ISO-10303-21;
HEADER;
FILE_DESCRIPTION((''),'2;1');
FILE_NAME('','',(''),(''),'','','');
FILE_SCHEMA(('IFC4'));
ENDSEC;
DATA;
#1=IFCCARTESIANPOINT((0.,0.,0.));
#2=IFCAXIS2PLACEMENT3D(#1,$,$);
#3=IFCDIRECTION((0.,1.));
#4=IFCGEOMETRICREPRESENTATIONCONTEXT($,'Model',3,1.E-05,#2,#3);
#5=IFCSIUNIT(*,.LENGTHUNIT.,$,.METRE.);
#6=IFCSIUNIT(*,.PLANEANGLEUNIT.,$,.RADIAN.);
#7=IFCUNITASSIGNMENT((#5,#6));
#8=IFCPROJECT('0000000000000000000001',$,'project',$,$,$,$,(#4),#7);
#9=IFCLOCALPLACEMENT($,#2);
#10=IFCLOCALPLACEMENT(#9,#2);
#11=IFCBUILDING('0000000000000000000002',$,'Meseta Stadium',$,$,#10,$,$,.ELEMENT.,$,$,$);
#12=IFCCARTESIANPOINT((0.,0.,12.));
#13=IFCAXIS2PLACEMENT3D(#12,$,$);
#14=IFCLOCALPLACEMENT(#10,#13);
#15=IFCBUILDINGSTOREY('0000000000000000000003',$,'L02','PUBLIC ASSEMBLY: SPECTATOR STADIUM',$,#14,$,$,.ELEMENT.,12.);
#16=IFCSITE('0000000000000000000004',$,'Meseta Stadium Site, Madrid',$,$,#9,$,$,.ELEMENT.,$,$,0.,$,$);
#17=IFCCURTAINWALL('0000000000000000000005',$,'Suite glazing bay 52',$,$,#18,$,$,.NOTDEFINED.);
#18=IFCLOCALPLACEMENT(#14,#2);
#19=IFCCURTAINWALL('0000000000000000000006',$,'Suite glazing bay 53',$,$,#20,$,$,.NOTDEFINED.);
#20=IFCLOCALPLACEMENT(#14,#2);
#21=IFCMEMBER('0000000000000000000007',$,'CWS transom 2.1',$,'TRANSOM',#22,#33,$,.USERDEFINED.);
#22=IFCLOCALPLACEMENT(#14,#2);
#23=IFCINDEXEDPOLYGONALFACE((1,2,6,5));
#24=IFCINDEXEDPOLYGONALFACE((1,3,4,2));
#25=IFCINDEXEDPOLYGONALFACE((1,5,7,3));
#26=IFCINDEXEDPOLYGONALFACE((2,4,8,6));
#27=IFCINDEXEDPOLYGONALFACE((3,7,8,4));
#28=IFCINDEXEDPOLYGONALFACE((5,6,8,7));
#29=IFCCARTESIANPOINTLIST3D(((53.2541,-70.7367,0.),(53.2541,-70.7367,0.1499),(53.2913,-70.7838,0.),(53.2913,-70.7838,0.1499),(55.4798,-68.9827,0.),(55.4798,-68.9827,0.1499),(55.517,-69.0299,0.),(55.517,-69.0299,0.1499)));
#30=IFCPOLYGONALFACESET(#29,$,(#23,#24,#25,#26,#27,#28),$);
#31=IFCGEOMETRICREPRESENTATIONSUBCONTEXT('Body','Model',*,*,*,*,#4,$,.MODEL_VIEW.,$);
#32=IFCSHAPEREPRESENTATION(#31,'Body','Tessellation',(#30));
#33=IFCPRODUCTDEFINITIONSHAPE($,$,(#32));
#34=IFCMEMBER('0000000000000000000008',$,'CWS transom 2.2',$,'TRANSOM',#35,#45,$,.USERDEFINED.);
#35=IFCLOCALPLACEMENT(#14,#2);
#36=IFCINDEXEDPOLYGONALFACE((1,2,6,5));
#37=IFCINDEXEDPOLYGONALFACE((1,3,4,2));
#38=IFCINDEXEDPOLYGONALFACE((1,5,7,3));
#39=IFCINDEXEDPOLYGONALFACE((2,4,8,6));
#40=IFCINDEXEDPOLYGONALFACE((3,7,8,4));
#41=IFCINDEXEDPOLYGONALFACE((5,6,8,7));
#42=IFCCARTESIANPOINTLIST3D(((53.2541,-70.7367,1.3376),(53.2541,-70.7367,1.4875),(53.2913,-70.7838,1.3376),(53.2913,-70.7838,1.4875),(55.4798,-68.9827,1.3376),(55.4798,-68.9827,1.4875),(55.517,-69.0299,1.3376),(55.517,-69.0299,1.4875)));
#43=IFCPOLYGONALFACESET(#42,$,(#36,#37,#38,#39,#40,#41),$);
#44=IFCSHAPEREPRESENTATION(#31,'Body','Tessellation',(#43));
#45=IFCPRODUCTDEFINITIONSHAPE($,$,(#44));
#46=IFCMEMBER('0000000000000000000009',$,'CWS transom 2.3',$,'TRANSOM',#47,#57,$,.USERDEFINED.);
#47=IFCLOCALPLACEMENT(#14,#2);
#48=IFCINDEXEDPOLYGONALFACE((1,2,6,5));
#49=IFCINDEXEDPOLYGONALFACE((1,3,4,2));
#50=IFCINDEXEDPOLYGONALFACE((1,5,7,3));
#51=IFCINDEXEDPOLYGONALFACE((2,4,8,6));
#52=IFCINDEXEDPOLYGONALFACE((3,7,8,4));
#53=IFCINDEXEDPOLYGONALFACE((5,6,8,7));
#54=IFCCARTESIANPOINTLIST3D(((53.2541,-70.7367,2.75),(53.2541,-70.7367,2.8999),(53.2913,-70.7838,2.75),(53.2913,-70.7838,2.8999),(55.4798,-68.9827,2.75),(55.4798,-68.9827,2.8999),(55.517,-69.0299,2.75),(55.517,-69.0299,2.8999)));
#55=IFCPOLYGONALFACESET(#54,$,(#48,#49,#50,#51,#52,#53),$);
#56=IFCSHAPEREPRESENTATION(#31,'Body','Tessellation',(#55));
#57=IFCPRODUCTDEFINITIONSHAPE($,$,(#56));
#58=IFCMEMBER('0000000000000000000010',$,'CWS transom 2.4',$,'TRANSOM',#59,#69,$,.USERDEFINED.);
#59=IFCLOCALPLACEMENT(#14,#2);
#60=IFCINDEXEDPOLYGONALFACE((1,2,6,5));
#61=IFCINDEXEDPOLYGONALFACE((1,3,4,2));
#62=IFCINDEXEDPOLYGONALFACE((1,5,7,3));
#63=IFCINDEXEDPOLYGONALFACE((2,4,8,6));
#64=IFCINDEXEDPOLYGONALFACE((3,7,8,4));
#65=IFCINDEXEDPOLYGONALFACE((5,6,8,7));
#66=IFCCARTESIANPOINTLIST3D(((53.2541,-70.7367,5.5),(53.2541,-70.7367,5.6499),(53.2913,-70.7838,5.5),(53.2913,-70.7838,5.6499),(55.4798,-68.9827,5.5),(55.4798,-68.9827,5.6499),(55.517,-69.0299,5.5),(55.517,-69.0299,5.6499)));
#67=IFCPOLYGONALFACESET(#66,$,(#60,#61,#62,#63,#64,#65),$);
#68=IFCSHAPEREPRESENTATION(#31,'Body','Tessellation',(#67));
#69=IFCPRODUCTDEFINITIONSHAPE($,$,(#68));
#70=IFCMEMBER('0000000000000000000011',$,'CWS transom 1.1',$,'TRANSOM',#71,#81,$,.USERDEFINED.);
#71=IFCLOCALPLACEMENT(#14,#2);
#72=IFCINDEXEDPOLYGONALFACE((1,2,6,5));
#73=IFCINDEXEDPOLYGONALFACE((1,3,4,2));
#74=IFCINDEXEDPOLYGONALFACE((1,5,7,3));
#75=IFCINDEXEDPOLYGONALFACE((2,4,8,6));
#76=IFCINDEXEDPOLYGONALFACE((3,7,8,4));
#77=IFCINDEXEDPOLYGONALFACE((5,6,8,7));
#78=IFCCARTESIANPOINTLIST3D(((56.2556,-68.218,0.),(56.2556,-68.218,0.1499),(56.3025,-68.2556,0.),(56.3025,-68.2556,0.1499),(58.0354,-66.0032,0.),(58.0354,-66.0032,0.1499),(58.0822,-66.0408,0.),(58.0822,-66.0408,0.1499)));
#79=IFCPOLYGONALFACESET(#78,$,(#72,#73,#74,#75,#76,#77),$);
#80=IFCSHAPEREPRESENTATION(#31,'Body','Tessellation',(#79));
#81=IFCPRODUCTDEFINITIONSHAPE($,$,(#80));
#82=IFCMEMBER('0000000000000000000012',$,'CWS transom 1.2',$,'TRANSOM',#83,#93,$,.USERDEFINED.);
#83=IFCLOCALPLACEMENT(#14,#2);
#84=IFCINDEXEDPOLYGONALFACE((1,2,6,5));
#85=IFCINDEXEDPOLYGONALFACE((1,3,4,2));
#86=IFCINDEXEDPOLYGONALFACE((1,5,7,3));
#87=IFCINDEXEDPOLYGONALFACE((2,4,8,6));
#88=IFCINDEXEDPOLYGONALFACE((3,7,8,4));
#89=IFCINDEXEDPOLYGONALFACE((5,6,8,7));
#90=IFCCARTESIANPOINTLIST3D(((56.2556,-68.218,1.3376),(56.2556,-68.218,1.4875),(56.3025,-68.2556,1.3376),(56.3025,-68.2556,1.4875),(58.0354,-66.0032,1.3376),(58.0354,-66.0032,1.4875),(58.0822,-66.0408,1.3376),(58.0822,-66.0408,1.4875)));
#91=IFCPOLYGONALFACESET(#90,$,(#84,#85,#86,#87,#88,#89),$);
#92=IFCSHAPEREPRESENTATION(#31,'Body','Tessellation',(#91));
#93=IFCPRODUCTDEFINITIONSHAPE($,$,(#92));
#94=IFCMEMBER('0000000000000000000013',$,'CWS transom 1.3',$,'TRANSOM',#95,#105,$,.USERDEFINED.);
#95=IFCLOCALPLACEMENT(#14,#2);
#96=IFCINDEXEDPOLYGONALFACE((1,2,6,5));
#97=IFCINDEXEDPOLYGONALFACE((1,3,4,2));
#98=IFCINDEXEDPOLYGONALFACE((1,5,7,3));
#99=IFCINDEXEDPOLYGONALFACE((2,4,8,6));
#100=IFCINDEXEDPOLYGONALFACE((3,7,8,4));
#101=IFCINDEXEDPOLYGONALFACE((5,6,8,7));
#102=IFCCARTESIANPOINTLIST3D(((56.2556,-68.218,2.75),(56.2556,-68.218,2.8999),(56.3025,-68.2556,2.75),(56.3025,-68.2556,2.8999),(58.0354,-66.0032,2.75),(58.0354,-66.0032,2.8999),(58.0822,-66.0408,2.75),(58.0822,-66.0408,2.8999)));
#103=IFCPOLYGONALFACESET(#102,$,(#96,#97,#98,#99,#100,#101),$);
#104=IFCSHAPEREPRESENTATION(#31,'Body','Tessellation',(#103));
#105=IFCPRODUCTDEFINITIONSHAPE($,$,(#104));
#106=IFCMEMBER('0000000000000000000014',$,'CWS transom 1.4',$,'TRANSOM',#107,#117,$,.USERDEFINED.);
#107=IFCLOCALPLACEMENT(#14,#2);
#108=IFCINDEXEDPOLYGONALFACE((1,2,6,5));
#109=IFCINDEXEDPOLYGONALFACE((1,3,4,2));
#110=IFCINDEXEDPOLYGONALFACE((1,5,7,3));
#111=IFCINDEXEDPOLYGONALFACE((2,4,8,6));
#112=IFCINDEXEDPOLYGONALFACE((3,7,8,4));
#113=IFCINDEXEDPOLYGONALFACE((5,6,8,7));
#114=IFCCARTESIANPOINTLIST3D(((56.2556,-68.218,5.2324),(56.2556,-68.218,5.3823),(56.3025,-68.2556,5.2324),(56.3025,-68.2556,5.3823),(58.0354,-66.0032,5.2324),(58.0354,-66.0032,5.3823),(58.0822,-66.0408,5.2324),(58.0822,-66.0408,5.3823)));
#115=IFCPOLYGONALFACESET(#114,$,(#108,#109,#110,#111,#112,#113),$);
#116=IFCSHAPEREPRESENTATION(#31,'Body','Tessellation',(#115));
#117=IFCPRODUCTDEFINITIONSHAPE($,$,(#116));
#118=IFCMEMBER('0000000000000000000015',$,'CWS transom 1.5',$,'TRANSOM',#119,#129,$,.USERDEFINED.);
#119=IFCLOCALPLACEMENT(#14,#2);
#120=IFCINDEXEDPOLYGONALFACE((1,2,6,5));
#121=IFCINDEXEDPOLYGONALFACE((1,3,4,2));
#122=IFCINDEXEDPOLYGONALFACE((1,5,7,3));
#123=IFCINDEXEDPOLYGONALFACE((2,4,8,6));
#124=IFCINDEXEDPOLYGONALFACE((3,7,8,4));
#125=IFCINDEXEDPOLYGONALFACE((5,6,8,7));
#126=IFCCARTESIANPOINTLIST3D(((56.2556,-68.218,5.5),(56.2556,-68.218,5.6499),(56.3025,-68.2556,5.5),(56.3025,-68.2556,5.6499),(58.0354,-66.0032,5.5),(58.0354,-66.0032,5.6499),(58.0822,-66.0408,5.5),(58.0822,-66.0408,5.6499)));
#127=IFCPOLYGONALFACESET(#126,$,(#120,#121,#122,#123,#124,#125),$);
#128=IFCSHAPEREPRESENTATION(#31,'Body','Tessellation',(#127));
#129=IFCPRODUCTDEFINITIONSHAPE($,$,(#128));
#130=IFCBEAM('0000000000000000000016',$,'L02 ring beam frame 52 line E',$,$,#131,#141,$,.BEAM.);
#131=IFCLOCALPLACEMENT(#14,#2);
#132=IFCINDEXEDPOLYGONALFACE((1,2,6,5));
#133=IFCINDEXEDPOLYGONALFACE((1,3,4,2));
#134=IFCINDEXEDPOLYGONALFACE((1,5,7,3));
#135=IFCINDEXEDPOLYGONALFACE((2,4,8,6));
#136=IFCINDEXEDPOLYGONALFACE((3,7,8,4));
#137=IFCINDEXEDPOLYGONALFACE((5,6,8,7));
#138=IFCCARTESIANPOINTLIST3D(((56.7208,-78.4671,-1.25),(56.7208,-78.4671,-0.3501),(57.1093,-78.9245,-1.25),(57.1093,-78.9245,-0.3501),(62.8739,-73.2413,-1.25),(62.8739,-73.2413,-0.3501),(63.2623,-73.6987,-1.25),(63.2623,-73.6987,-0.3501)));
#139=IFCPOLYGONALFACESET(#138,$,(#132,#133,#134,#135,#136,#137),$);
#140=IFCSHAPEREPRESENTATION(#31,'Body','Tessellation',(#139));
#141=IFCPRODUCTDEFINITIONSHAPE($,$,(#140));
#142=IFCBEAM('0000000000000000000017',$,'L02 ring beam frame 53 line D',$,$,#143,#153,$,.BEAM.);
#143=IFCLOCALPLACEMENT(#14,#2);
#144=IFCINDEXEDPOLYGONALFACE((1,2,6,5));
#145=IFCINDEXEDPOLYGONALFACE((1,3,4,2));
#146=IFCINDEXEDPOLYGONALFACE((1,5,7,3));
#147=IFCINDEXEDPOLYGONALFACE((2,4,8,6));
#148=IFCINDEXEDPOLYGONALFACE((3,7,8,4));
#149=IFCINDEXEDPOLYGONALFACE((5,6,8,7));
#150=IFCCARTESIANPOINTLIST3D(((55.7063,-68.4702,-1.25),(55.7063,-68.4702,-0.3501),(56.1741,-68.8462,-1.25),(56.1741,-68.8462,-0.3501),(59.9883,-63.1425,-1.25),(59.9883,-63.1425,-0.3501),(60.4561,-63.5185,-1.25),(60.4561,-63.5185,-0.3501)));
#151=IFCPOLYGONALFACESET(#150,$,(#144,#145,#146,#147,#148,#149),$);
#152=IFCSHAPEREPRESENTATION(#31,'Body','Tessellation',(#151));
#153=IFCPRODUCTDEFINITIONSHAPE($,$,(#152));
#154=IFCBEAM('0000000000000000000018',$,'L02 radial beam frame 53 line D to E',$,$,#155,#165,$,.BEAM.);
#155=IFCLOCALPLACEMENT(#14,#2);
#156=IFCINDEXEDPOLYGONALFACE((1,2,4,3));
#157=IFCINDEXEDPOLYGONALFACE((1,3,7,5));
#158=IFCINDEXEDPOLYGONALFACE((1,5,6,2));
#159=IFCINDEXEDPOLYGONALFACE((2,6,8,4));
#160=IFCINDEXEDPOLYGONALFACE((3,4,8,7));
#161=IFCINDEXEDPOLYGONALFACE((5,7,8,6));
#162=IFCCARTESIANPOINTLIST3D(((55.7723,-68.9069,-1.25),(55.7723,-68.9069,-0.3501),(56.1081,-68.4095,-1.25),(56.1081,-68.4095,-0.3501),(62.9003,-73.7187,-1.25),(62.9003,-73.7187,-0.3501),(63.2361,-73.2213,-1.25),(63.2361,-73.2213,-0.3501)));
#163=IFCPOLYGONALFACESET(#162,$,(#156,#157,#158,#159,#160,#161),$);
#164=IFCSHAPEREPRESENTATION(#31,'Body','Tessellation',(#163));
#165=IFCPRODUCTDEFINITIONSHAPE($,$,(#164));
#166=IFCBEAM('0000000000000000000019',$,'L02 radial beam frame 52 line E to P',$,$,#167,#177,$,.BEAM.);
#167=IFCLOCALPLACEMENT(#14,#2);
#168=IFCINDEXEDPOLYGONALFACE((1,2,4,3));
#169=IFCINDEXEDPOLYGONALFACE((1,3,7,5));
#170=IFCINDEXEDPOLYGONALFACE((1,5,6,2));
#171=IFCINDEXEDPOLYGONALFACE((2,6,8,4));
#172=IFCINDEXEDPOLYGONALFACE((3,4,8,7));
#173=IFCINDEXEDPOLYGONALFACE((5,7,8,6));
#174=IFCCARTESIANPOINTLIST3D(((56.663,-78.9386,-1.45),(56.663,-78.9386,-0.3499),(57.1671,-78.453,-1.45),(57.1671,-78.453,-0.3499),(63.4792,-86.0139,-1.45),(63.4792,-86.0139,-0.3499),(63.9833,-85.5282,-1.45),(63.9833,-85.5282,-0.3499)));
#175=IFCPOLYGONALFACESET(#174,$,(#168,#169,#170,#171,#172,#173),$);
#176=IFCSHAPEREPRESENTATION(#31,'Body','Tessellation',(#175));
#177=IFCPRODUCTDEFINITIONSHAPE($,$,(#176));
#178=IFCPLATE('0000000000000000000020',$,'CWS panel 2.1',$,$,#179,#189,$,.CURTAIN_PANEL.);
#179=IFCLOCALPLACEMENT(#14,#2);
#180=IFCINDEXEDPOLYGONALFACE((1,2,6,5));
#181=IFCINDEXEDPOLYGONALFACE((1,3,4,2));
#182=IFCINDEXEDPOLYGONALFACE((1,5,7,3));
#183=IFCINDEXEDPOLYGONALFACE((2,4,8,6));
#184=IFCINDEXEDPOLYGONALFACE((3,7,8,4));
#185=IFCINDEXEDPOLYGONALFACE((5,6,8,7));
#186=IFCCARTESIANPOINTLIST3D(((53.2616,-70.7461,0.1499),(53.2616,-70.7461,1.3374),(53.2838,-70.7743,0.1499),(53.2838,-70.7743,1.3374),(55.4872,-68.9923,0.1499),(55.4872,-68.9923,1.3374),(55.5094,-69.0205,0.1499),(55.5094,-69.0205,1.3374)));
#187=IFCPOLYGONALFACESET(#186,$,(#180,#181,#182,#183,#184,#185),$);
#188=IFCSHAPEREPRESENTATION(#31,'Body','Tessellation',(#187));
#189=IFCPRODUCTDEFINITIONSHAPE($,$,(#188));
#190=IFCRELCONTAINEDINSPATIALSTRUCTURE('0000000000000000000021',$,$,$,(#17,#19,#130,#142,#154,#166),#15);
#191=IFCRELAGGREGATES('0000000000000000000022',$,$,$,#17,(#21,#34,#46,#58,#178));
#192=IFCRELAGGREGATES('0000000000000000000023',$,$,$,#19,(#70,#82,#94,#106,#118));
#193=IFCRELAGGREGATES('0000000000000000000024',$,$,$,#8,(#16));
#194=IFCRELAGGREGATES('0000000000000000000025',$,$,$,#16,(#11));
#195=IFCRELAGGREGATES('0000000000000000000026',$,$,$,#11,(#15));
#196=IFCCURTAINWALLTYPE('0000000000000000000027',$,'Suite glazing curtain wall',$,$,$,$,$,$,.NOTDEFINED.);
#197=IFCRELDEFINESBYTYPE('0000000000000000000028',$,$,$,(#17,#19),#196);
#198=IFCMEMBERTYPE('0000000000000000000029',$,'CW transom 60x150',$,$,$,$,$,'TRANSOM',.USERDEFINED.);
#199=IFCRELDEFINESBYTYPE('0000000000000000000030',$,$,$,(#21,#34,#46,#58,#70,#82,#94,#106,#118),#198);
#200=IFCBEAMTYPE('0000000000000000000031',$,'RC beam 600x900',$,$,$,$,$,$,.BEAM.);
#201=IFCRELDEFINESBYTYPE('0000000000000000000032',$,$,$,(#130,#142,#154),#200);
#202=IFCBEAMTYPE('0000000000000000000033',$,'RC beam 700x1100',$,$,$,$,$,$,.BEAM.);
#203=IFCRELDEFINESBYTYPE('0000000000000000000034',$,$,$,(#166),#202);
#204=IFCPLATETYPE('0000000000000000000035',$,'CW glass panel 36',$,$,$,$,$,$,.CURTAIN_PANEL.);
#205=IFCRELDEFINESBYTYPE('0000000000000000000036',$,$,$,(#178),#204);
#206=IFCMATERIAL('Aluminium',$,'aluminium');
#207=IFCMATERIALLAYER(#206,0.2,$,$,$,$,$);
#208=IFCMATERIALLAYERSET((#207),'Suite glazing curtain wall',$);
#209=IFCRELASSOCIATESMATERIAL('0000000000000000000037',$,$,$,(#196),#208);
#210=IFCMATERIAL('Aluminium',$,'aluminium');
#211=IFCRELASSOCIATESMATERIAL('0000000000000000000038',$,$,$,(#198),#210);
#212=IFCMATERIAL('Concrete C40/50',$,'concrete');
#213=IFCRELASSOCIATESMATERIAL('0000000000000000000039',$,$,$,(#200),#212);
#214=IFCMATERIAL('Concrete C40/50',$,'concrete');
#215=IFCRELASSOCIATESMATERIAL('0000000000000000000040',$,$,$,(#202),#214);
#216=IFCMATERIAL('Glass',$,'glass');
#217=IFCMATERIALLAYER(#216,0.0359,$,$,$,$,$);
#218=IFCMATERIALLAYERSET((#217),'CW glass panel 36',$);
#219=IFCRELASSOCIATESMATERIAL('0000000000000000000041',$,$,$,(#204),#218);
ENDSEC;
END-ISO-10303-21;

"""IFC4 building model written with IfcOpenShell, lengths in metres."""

from ifc_helpers import new_model, si_unit, direction, frame, origin, origin_2d, place, context, subcontext, project, spatial, rectangle, extrude, material, layer, layer_set, material_profile, profile_set, type_object, element, aggregate, save


model = new_model("IFC4")

# Units and contexts
model_context = context("Model", 3, precision=1e-05, world=origin(), true_north=direction((0.0, 1.0)))
body_context = subcontext(model_context, "Body", "Model", "MODEL_VIEW")
ifc_project = project(units=[si_unit("LENGTHUNIT", "METRE"), si_unit("PLANEANGLEUNIT", "RADIAN")], contexts=[model_context])

# Site, building, storey
site_placement = place(None, origin())
site = spatial("IfcSite", under=ifc_project, at=site_placement, Name="Meseta Stadium Site, Madrid", CompositionType="ELEMENT", RefElevation=0.0)
building_placement = place(site_placement, origin())
building = spatial("IfcBuilding", under=site, at=building_placement, Name="Meseta Stadium", CompositionType="ELEMENT")
storey_placement = place(building_placement, frame((0.0, 0.0, 12.0)))
storey = spatial("IfcBuildingStorey", under=building, at=storey_placement, Name="L02", Description="PUBLIC ASSEMBLY: SPECTATOR STADIUM", CompositionType="ELEMENT", Elevation=12.0)

# Curtain walls
ifc_material_1 = material(Name="Aluminium", Category="aluminium")
ifc_layer_1 = layer(ifc_material_1, 0.2)
ifc_layer_set_1 = layer_set([ifc_layer_1], Name="Suite glazing curtain wall")
curtain_wall_type = type_object("IfcCurtainWallType", Name="Suite glazing curtain wall", PredefinedType="NOTDEFINED", material=ifc_layer_set_1)
curtain_wall_1_placement = place(storey_placement, origin())
curtain_wall_1 = element("IfcCurtainWall", 1, at=curtain_wall_1_placement, inside=storey, type_object=curtain_wall_type, Name="Suite glazing bay 52", PredefinedType="NOTDEFINED")
curtain_wall_2_placement = place(storey_placement, origin())
curtain_wall_2 = element("IfcCurtainWall", 2, at=curtain_wall_2_placement, inside=storey, type_object=curtain_wall_type, Name="Suite glazing bay 53", PredefinedType="NOTDEFINED")

# Members
ifc_material_2 = material(Name="Aluminium", Category="aluminium")
ifc_material_profile_1 = material_profile(ifc_material_2, rectangle(XDim=0.0601, YDim=0.1499, at=origin_2d()), Name="CW 60x150")
ifc_profile_set_1 = profile_set([ifc_material_profile_1], Name="Aluminium")
member_type_1 = type_object("IfcMemberType", Name="CW transom 60x150", ElementType="TRANSOM", PredefinedType="USERDEFINED", material=ifc_profile_set_1)
member_1_placement = place(storey_placement, frame((53.2727, -70.7603, 0.075), z_axis=(0.785421, 0.618962, 0.0), x_axis=(-0.618962, 0.785421, 0.0)))
member_1 = element("IfcMember", 3, at=member_1_placement, type_object=member_type_1, Name="CWS transom 2.1", ObjectType="TRANSOM", PredefinedType="USERDEFINED", context=body_context, shape_type="SweptSolid", body=[
    extrude(rectangle(XDim=0.0601, YDim=0.1499, at=origin_2d()), origin(), (0.0, 0.0, 1.0), 2.8337),
])
member_2_placement = place(storey_placement, frame((53.2727, -70.7603, 1.4126), z_axis=(0.785421, 0.618962, 0.0), x_axis=(-0.618962, 0.785421, 0.0)))
member_2 = element("IfcMember", 4, at=member_2_placement, type_object=member_type_1, Name="CWS transom 2.2", ObjectType="TRANSOM", PredefinedType="USERDEFINED", context=body_context, shape_type="SweptSolid", body=[
    extrude(rectangle(XDim=0.0601, YDim=0.1499, at=origin_2d()), origin(), (0.0, 0.0, 1.0), 2.8337),
])
member_3_placement = place(storey_placement, frame((53.2727, -70.7603, 2.825), z_axis=(0.785421, 0.618962, 0.0), x_axis=(-0.618962, 0.785421, 0.0)))
member_3 = element("IfcMember", 5, at=member_3_placement, type_object=member_type_1, Name="CWS transom 2.3", ObjectType="TRANSOM", PredefinedType="USERDEFINED", context=body_context, shape_type="SweptSolid", body=[
    extrude(rectangle(XDim=0.0601, YDim=0.1499, at=origin_2d()), origin(), (0.0, 0.0, 1.0), 2.8337),
])
member_4_placement = place(storey_placement, frame((53.2727, -70.7603, 5.575), z_axis=(0.785421, 0.618962, 0.0), x_axis=(-0.618962, 0.785421, 0.0)))
member_4 = element("IfcMember", 6, at=member_4_placement, type_object=member_type_1, Name="CWS transom 2.4", ObjectType="TRANSOM", PredefinedType="USERDEFINED", context=body_context, shape_type="SweptSolid", body=[
    extrude(rectangle(XDim=0.0601, YDim=0.1499, at=origin_2d()), origin(), (0.0, 0.0, 1.0), 2.8337),
])
member_5_placement = place(storey_placement, frame((56.2791, -68.2368, 0.075), z_axis=(0.626391, 0.779509, 0.0), x_axis=(-0.779509, 0.626391, 0.0)))
member_5 = element("IfcMember", 7, at=member_5_placement, type_object=member_type_1, Name="CWS transom 1.1", ObjectType="TRANSOM", PredefinedType="USERDEFINED", context=body_context, shape_type="SweptSolid", body=[
    extrude(rectangle(XDim=0.0601, YDim=0.1499, at=origin_2d()), origin(), (0.0, 0.0, 1.0), 2.8413),
])
member_6_placement = place(storey_placement, frame((56.2791, -68.2368, 1.4126), z_axis=(0.626391, 0.779509, 0.0), x_axis=(-0.779509, 0.626391, 0.0)))
member_6 = element("IfcMember", 8, at=member_6_placement, type_object=member_type_1, Name="CWS transom 1.2", ObjectType="TRANSOM", PredefinedType="USERDEFINED", context=body_context, shape_type="SweptSolid", body=[
    extrude(rectangle(XDim=0.0601, YDim=0.1499, at=origin_2d()), origin(), (0.0, 0.0, 1.0), 2.8413),
])
member_7_placement = place(storey_placement, frame((56.2791, -68.2368, 2.825), z_axis=(0.626391, 0.779509, 0.0), x_axis=(-0.779509, 0.626391, 0.0)))
member_7 = element("IfcMember", 9, at=member_7_placement, type_object=member_type_1, Name="CWS transom 1.3", ObjectType="TRANSOM", PredefinedType="USERDEFINED", context=body_context, shape_type="SweptSolid", body=[
    extrude(rectangle(XDim=0.0601, YDim=0.1499, at=origin_2d()), origin(), (0.0, 0.0, 1.0), 2.8413),
])
member_8_placement = place(storey_placement, frame((56.2791, -68.2368, 5.3074), z_axis=(0.626391, 0.779509, 0.0), x_axis=(-0.779509, 0.626391, 0.0)))
member_8 = element("IfcMember", 10, at=member_8_placement, type_object=member_type_1, Name="CWS transom 1.4", ObjectType="TRANSOM", PredefinedType="USERDEFINED", context=body_context, shape_type="SweptSolid", body=[
    extrude(rectangle(XDim=0.0601, YDim=0.1499, at=origin_2d()), origin(), (0.0, 0.0, 1.0), 2.8413),
])
member_9_placement = place(storey_placement, frame((56.2791, -68.2368, 5.575), z_axis=(0.626391, 0.779509, 0.0), x_axis=(-0.779509, 0.626391, 0.0)))
member_9 = element("IfcMember", 11, at=member_9_placement, type_object=member_type_1, Name="CWS transom 1.5", ObjectType="TRANSOM", PredefinedType="USERDEFINED", context=body_context, shape_type="SweptSolid", body=[
    extrude(rectangle(XDim=0.0601, YDim=0.1499, at=origin_2d()), origin(), (0.0, 0.0, 1.0), 2.8413),
])

# Beams
ifc_material_3 = material(Name="Concrete C40/50", Category="concrete")
ifc_material_profile_2 = material_profile(ifc_material_3, rectangle(XDim=0.6001, YDim=0.8999, at=origin_2d()), Name="RC 600x900")
ifc_profile_set_2 = profile_set([ifc_material_profile_2], Name="Concrete C40/50")
beam_type_1 = type_object("IfcBeamType", Name="RC beam 600x900", PredefinedType="BEAM", material=ifc_profile_set_2)
beam_1_placement = place(storey_placement, frame((56.915, -78.6958, -0.8), z_axis=(0.762201, 0.64734, 0.0), x_axis=(-0.64734, 0.762201, 0.0)))
element("IfcBeam", 12, at=beam_1_placement, inside=storey, type_object=beam_type_1, Name="L02 ring beam frame 52 line E", PredefinedType="BEAM", context=body_context, shape_type="SweptSolid", body=[
    extrude(rectangle(XDim=0.6001, YDim=0.8999, at=origin_2d()), origin(), (0.0, 0.0, 1.0), 8.0728),
])
beam_2_placement = place(storey_placement, frame((55.9402, -68.6582, -0.8), z_axis=(0.626466, 0.779449, 0.0), x_axis=(-0.779449, 0.626466, 0.0)))
element("IfcBeam", 13, at=beam_2_placement, inside=storey, type_object=beam_type_1, Name="L02 ring beam frame 53 line D", PredefinedType="BEAM", context=body_context, shape_type="SweptSolid", body=[
    extrude(rectangle(XDim=0.6001, YDim=0.8999, at=origin_2d()), origin(), (0.0, 0.0, 1.0), 6.8352),
])
beam_3_placement = place(storey_placement, frame((55.9402, -68.6582, -0.8), z_axis=(0.828826, -0.559506, 0.0), x_axis=(0.559506, 0.828826, 0.0)))
element("IfcBeam", 14, at=beam_3_placement, inside=storey, type_object=beam_type_1, Name="L02 radial beam frame 53 line D to E", PredefinedType="BEAM", context=body_context, shape_type="SweptSolid", body=[
    extrude(rectangle(XDim=0.6001, YDim=0.8999, at=origin_2d()), origin(), (0.0, 0.0, 1.0), 8.6001),
])
ifc_material_4 = material(Name="Concrete C40/50", Category="concrete")
ifc_material_profile_3 = material_profile(ifc_material_4, rectangle(XDim=0.7, YDim=1.1001, at=origin_2d()), Name="RC 700x1100")
ifc_profile_set_3 = profile_set([ifc_material_profile_3], Name="Concrete C40/50")
beam_type_2 = type_object("IfcBeamType", Name="RC beam 700x1100", PredefinedType="BEAM", material=ifc_profile_set_3)
beam_4_placement = place(storey_placement, frame((56.915, -78.6958, -0.8999), z_axis=(0.693801, -0.720167, 0.0), x_axis=(0.720167, 0.693801, 0.0)))
element("IfcBeam", 15, at=beam_4_placement, inside=storey, type_object=beam_type_2, Name="L02 radial beam frame 52 line E to P", PredefinedType="BEAM", context=body_context, shape_type="SweptSolid", body=[
    extrude(rectangle(XDim=0.7, YDim=1.1001, at=origin_2d()), origin(), (0.0, 0.0, 1.0), 9.8245),
])

# Plate
ifc_material_5 = material(Name="Glass", Category="glass")
ifc_layer_2 = layer(ifc_material_5, 0.0359)
ifc_layer_set_2 = layer_set([ifc_layer_2], Name="CW glass panel 36")
plate_type = type_object("IfcPlateType", Name="CW glass panel 36", PredefinedType="CURTAIN_PANEL", material=ifc_layer_set_2)
plate_1_placement = place(storey_placement, frame((54.3855, -69.8833, 0.1499), z_axis=(0.0, 0.0, 1.0), x_axis=(0.785435, 0.618944, 0.0)))
plate_1 = element("IfcPlate", 16, at=plate_1_placement, type_object=plate_type, Name="CWS panel 2.1", PredefinedType="CURTAIN_PANEL", context=body_context, shape_type="SweptSolid", body=[
    extrude(rectangle(XDim=2.8335, YDim=0.0359, at=origin_2d()), origin(), (0.0, 0.0, 1.0), 1.1875),
])
aggregate(curtain_wall_1, [member_1, member_2, member_3, member_4, plate_1])
aggregate(curtain_wall_2, [member_5, member_6, member_7, member_8, member_9])

save(model, "model.ifc")
